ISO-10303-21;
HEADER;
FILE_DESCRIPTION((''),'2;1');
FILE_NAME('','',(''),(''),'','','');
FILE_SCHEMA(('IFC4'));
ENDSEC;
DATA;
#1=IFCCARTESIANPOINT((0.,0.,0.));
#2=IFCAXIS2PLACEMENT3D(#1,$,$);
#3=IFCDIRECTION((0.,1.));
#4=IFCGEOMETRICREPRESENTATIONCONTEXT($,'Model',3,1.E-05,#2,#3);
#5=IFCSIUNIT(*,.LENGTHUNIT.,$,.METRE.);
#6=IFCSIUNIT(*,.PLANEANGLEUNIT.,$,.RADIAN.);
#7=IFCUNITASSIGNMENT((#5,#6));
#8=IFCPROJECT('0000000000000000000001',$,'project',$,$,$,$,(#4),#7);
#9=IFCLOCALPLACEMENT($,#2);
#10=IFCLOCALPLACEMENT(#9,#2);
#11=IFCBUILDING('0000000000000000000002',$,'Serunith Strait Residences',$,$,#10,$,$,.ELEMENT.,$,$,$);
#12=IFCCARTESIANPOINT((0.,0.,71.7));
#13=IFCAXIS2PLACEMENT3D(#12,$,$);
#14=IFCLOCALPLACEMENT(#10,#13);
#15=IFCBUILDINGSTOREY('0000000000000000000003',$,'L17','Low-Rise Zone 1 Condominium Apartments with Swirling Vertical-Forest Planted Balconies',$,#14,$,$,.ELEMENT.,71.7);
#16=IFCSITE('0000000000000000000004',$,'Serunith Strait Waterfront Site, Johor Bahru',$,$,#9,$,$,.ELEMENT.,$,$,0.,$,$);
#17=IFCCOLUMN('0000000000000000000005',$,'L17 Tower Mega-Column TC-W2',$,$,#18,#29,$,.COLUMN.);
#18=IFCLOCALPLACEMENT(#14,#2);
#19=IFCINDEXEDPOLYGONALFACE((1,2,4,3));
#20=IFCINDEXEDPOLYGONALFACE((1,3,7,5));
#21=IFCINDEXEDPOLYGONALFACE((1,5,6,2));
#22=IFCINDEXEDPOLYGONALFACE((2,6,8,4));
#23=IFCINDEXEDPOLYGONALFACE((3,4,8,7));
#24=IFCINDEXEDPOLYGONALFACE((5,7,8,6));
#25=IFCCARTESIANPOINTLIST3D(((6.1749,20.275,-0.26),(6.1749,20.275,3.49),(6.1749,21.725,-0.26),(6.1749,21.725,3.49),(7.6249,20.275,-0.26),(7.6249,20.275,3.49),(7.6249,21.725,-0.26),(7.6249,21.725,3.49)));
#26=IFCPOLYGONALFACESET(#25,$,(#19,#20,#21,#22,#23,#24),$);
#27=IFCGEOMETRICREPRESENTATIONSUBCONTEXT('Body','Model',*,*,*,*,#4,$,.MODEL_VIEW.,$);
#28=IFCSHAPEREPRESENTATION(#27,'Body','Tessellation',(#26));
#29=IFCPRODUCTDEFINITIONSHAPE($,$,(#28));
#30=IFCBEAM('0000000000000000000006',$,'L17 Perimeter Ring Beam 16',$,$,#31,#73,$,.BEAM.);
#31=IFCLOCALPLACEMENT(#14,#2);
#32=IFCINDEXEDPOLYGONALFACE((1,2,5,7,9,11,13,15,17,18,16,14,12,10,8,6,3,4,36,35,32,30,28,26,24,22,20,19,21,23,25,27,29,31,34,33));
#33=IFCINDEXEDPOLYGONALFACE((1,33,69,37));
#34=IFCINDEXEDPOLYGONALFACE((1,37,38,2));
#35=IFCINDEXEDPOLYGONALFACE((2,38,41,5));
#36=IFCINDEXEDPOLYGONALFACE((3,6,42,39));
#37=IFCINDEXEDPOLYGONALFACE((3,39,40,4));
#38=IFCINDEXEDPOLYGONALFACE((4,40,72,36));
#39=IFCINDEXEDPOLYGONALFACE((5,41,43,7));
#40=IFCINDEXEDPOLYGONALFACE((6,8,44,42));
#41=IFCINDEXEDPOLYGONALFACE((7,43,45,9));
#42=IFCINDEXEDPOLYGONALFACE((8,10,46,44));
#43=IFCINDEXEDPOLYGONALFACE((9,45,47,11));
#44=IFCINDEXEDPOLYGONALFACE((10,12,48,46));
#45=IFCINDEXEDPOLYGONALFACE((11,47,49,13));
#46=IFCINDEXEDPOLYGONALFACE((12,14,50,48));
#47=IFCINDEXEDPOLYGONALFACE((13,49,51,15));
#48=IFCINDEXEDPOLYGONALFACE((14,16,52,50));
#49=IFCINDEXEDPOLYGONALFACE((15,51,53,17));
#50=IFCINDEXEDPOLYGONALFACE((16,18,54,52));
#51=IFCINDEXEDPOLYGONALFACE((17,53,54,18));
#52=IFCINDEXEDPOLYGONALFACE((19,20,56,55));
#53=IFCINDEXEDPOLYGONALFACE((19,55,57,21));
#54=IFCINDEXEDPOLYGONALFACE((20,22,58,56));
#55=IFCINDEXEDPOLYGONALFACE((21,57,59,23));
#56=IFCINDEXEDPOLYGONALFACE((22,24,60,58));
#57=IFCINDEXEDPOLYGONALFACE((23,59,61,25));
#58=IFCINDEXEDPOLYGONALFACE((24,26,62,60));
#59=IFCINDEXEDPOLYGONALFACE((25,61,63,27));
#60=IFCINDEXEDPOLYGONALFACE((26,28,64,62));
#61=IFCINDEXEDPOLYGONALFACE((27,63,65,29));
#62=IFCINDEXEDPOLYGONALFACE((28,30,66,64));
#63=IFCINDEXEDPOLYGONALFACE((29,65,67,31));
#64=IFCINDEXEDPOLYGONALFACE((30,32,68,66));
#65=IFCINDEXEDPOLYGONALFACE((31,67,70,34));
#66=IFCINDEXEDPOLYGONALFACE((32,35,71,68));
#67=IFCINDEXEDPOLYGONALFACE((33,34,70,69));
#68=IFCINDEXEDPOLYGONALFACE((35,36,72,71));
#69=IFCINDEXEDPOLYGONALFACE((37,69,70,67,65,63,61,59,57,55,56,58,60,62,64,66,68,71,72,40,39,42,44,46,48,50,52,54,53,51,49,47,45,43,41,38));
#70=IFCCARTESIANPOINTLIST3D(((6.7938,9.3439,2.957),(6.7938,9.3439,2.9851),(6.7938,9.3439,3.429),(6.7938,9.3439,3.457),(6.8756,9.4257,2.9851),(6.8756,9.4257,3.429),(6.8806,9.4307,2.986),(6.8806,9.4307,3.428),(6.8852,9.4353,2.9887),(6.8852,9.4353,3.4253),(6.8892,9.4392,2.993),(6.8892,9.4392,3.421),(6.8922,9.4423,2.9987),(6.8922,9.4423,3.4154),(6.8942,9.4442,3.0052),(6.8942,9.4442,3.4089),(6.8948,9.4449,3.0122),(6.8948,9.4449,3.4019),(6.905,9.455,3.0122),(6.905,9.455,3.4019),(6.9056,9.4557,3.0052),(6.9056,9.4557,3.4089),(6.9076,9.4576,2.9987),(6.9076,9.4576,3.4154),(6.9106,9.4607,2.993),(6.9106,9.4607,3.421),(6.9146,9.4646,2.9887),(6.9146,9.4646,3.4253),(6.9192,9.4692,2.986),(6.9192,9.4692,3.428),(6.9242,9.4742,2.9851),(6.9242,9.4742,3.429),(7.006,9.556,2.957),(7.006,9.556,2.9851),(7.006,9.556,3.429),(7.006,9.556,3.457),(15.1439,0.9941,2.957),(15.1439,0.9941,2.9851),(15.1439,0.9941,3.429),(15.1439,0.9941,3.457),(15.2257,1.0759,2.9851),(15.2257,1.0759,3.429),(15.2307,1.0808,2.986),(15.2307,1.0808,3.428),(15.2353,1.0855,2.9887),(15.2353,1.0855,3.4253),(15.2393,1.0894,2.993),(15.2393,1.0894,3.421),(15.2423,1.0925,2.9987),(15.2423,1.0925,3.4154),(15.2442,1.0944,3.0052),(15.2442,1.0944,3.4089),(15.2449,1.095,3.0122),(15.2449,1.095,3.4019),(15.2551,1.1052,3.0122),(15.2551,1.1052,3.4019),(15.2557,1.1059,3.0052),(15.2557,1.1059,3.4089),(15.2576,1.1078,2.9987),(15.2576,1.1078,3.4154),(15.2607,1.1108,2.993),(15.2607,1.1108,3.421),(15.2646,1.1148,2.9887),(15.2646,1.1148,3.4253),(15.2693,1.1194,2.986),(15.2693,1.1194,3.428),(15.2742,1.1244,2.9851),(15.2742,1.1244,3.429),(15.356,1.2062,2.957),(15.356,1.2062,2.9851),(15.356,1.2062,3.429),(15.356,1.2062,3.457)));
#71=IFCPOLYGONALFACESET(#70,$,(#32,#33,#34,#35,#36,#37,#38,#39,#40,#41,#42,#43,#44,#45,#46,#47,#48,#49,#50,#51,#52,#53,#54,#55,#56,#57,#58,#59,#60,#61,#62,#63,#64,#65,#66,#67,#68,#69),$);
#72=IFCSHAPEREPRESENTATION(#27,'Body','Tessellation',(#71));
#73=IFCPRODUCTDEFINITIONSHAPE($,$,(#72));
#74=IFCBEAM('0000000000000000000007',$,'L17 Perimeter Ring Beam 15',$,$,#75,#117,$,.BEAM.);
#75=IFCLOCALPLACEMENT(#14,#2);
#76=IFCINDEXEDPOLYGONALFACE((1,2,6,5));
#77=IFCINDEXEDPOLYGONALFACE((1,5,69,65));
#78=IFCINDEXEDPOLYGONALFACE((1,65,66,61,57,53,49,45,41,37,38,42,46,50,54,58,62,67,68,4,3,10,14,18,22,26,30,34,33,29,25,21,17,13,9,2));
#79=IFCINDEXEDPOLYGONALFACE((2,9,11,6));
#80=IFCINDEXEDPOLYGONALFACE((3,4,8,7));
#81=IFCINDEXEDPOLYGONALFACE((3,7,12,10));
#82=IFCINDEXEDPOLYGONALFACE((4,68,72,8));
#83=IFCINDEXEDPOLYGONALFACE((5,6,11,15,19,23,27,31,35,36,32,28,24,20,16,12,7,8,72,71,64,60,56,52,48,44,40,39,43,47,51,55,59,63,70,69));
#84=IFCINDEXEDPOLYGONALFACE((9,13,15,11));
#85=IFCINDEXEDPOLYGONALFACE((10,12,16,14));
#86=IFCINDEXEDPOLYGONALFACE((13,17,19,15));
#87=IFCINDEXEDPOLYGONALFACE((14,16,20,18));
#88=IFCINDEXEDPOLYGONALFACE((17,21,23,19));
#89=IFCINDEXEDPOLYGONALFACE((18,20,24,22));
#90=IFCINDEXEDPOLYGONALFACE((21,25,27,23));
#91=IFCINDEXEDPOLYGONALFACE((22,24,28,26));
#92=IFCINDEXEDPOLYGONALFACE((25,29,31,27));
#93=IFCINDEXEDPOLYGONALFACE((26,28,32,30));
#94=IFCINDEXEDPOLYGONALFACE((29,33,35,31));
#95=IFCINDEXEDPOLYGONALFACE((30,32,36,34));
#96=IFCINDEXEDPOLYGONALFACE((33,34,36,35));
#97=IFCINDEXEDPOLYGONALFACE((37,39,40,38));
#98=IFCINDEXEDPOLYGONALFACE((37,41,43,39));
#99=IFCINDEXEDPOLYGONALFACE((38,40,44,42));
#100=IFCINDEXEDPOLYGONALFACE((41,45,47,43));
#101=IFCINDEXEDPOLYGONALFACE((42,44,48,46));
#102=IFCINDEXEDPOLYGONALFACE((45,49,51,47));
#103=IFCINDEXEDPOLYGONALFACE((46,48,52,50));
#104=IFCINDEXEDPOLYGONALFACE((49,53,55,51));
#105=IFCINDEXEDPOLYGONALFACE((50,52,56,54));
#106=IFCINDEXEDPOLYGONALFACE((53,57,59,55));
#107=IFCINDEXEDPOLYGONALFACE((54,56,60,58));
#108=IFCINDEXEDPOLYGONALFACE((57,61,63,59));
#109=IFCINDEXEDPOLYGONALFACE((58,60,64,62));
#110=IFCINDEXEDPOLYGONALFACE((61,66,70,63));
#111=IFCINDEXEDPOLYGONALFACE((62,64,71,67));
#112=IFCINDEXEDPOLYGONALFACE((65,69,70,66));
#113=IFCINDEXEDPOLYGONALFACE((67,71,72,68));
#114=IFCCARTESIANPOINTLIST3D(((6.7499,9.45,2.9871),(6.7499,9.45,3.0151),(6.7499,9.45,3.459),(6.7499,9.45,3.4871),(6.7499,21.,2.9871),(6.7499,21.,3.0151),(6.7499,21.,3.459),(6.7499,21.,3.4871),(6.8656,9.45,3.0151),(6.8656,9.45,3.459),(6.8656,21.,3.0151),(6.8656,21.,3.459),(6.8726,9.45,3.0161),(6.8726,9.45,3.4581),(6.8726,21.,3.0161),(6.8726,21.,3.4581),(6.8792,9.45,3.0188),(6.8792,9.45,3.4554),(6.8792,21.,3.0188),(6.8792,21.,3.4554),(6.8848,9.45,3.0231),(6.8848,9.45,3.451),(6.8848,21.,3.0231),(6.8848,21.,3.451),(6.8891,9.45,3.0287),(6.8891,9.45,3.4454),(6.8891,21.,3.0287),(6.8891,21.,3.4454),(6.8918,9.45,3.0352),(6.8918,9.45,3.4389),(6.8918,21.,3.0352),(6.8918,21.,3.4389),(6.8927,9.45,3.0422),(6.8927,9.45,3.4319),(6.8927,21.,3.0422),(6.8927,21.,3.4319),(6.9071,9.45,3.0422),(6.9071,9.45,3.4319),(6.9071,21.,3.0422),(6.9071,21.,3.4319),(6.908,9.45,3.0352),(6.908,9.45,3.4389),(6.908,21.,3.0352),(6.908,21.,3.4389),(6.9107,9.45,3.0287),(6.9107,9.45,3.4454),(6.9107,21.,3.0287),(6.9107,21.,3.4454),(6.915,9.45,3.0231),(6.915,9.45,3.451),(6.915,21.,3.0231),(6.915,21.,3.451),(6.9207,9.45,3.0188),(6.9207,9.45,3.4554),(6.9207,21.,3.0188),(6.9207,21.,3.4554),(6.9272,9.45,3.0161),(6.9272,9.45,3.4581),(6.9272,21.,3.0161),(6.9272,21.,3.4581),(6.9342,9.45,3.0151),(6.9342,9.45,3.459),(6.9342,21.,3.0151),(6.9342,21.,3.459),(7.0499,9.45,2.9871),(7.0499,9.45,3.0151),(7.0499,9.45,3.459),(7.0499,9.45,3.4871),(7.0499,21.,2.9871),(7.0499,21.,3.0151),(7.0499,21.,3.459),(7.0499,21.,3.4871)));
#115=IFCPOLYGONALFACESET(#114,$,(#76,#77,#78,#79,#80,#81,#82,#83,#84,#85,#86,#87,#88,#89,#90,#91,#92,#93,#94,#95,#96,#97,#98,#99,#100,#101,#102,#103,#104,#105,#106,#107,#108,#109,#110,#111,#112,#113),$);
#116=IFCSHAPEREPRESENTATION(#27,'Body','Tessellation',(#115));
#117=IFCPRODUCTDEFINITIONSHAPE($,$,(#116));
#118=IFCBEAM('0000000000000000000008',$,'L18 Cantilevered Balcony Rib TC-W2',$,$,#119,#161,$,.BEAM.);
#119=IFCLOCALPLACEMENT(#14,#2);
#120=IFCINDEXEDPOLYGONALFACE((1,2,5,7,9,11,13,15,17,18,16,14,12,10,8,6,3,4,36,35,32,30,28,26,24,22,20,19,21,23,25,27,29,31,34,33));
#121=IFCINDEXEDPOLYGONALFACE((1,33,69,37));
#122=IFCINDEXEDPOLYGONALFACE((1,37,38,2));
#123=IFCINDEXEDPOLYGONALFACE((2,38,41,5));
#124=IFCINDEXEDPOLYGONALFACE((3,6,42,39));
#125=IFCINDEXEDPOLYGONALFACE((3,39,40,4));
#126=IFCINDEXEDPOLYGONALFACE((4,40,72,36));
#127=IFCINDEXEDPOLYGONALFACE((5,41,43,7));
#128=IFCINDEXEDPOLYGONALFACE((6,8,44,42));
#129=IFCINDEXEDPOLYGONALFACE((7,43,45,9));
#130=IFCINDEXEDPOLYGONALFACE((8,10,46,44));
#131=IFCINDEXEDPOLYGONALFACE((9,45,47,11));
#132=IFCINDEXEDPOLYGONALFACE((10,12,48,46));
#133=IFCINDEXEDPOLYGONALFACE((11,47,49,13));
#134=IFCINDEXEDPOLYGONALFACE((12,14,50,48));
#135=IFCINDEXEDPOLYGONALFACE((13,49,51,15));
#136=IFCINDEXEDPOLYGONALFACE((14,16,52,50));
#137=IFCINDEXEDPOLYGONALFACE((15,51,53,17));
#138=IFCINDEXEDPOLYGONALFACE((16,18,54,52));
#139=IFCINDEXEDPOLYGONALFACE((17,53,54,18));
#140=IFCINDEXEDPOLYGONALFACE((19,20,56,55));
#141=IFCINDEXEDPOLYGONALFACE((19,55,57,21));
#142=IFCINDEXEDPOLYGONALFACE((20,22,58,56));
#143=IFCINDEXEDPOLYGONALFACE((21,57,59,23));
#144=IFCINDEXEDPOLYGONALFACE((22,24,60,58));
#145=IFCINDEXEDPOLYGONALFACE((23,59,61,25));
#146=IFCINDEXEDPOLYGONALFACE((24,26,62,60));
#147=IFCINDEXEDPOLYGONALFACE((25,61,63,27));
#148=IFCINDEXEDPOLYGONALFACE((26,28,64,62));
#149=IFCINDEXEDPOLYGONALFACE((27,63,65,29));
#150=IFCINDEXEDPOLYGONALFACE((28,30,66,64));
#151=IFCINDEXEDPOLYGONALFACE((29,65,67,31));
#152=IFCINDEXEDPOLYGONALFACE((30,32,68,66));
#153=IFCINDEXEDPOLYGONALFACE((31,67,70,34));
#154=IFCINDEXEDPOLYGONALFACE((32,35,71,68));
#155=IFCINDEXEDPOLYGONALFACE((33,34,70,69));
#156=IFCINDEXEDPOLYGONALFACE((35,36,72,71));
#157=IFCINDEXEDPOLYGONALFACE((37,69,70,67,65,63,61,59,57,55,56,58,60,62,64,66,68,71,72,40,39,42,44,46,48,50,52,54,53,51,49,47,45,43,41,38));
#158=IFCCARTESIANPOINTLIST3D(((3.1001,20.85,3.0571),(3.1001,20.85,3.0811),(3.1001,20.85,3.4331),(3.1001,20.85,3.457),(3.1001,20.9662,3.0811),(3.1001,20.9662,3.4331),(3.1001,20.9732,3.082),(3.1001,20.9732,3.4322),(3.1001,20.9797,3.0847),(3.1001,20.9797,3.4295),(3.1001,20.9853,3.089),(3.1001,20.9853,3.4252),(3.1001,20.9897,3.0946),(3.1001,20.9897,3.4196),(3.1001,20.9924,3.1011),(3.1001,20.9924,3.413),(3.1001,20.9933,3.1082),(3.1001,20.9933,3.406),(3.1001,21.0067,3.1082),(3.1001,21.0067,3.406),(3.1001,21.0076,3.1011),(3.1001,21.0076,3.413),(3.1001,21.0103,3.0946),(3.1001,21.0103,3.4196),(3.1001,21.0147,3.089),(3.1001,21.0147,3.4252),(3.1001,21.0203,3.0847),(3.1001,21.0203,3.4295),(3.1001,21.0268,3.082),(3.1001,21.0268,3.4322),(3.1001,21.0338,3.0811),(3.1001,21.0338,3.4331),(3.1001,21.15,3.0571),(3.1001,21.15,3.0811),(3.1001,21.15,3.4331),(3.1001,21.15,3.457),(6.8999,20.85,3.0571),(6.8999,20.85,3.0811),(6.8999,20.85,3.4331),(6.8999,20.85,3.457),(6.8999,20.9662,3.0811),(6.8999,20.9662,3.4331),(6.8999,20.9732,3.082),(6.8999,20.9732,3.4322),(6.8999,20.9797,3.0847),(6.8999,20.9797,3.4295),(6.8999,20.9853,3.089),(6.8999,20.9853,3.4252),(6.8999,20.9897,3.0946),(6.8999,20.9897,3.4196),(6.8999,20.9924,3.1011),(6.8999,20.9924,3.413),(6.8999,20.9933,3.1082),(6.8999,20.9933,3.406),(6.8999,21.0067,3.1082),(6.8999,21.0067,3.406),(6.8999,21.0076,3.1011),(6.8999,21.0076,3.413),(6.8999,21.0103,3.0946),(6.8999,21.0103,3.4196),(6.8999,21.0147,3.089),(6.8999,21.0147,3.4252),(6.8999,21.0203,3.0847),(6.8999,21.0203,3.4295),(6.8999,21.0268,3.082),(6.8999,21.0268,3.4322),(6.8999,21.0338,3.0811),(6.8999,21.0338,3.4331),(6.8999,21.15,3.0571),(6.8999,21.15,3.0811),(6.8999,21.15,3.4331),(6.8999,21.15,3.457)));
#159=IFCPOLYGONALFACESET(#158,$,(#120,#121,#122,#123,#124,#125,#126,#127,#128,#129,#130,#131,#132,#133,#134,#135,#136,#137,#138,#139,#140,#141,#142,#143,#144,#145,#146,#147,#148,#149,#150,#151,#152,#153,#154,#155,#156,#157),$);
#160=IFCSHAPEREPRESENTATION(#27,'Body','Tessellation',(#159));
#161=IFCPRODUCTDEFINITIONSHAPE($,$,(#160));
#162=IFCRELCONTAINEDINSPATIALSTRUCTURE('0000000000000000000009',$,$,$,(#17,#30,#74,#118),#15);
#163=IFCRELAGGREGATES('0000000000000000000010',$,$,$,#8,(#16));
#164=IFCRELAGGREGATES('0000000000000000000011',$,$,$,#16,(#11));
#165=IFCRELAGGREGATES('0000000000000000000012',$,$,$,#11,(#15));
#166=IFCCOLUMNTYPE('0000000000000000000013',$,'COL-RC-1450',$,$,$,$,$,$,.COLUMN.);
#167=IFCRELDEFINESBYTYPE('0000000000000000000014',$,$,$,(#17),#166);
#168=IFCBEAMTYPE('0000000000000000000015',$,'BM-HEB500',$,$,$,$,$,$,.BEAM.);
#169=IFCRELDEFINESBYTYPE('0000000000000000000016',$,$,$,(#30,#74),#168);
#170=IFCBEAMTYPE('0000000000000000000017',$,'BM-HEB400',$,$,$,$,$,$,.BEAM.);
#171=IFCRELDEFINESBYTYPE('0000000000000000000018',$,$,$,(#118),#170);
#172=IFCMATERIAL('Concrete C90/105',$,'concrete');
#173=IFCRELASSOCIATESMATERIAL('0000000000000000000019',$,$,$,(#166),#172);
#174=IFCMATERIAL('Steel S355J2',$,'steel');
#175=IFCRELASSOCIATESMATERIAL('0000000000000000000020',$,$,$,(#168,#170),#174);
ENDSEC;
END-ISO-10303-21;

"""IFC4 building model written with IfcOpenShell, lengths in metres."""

from ifc_helpers import new_model, si_unit, direction, frame, origin, origin_2d, place, context, subcontext, project, spatial, rectangle, i_section, extrude, source, transform, mapped, material, material_profile, profile_set, type_object, element, save


model = new_model("IFC4")

# Units and contexts
model_context = context("Model", 3, precision=1e-05, world=origin(), true_north=direction((0.0, 1.0)))
body_context = subcontext(model_context, "Body", "Model", "MODEL_VIEW")
ifc_project = project(units=[si_unit("LENGTHUNIT", "METRE"), si_unit("PLANEANGLEUNIT", "RADIAN")], contexts=[model_context])

# Site, building, storey
site_placement = place(None, origin())
site = spatial("IfcSite", under=ifc_project, at=site_placement, Name="Serunith Strait Waterfront Site, Johor Bahru", CompositionType="ELEMENT", RefElevation=0.0)
building_placement = place(site_placement, origin())
building = spatial("IfcBuilding", under=site, at=building_placement, Name="Serunith Strait Residences", CompositionType="ELEMENT")
storey_placement = place(building_placement, frame((0.0, 0.0, 71.7)))
storey = spatial("IfcBuildingStorey", under=building, at=storey_placement, Name="L17", Description="Low-Rise Zone 1 Condominium Apartments with Swirling Vertical-Forest Planted Balconies", CompositionType="ELEMENT", Elevation=71.7)

# Column
ifc_material_1 = material(Name="Concrete C90/105", Category="concrete")
ifc_material_profile_1 = material_profile(ifc_material_1, rectangle(XDim=1.45, YDim=1.45, at=origin_2d()), Name="RC 1450x1450")
ifc_profile_set_1 = profile_set([ifc_material_profile_1], Name="Concrete C90/105")
column_type = type_object("IfcColumnType", Name="COL-RC-1450", PredefinedType="COLUMN", material=ifc_profile_set_1)
shared_shape_1 = source(origin(), body_context, "Body", "SweptSolid", [
    extrude(rectangle(XDim=1.45, YDim=1.45, at=origin_2d()), origin(), (0.0, 0.0, 1.0), 3.75),
])
column_placement = place(storey_placement, frame((6.8999, 21.0, -0.26), z_axis=(0.0, 0.0, 1.0), x_axis=(1.0, 0.0, 0.0)))
element("IfcColumn", 1, at=column_placement, inside=storey, type_object=column_type, Name="L17 Tower Mega-Column TC-W2", PredefinedType="COLUMN", context=body_context, shape_type="MappedRepresentation", body=[
    mapped(shared_shape_1, transform((0.0, 0.0, 0.0), scale=1.0)),
])

# Beams
ifc_material_2 = material(Name="Steel S355J2", Category="steel")
ifc_material_profile_2 = material_profile(ifc_material_2, i_section(OverallWidth=0.3, OverallDepth=0.5, WebThickness=0.0144, FlangeThickness=0.0281, FilletRadius=0.0271, at=origin_2d()), Name="HEB 500")
ifc_profile_set_2 = profile_set([ifc_material_profile_2], Name="Steel S355J2")
beam_type_1 = type_object("IfcBeamType", Name="BM-HEB500", PredefinedType="BEAM", material=ifc_profile_set_2)
shared_shape_2 = source(origin(), body_context, "Body", "SweptSolid", [
    extrude(i_section(OverallWidth=0.3, OverallDepth=0.5, WebThickness=0.0144, FlangeThickness=0.0281, FilletRadius=0.0271, at=origin_2d()), origin(), (0.0, 0.0, 1.0), 11.8086),
])
beam_1_placement = place(storey_placement, frame((6.8999, 9.45, 3.207), z_axis=(0.707117, -0.707096, 0.0), x_axis=(0.707096, 0.707117, 0.0)))
element("IfcBeam", 2, at=beam_1_placement, inside=storey, type_object=beam_type_1, Name="L17 Perimeter Ring Beam 16", PredefinedType="BEAM", context=body_context, shape_type="MappedRepresentation", body=[
    mapped(shared_shape_2, transform((0.0, 0.0, 0.0), scale=1.0)),
])
shared_shape_3 = source(origin(), body_context, "Body", "SweptSolid", [
    extrude(i_section(OverallWidth=0.3, OverallDepth=0.5, WebThickness=0.0144, FlangeThickness=0.0281, FilletRadius=0.0271, at=origin_2d()), origin(), (0.0, 0.0, 1.0), 11.55),
])
beam_2_placement = place(storey_placement, frame((6.8999, 21.0, 3.2371), z_axis=(0.0, -1.0, 0.0), x_axis=(1.0, 0.0, 0.0)))
element("IfcBeam", 3, at=beam_2_placement, inside=storey, type_object=beam_type_1, Name="L17 Perimeter Ring Beam 15", PredefinedType="BEAM", context=body_context, shape_type="MappedRepresentation", body=[
    mapped(shared_shape_3, transform((0.0, 0.0, 0.0), scale=1.0)),
])
ifc_material_profile_3 = material_profile(ifc_material_2, i_section(OverallWidth=0.3, OverallDepth=0.3999, WebThickness=0.0134, FlangeThickness=0.0239, FilletRadius=0.0271, at=origin_2d()), Name="HEB 400")
ifc_profile_set_3 = profile_set([ifc_material_profile_3], Name="Steel S355J2")
beam_type_2 = type_object("IfcBeamType", Name="BM-HEB400", PredefinedType="BEAM", material=ifc_profile_set_3)
shared_shape_4 = source(origin(), body_context, "Body", "SweptSolid", [
    extrude(i_section(OverallWidth=0.3, OverallDepth=0.3999, WebThickness=0.0134, FlangeThickness=0.0239, FilletRadius=0.0271, at=origin_2d()), origin(), (0.0, 0.0, 1.0), 3.7998),
])
beam_3_placement = place(storey_placement, frame((6.8999, 21.0, 3.2571), z_axis=(-1.0, 0.0, 0.0), x_axis=(0.0, -1.0, 0.0)))
element("IfcBeam", 4, at=beam_3_placement, inside=storey, type_object=beam_type_2, Name="L18 Cantilevered Balcony Rib TC-W2", PredefinedType="BEAM", context=body_context, shape_type="MappedRepresentation", body=[
    mapped(shared_shape_4, transform((0.0, 0.0, 0.0), scale=1.0)),
])

save(model, "model.ifc")
